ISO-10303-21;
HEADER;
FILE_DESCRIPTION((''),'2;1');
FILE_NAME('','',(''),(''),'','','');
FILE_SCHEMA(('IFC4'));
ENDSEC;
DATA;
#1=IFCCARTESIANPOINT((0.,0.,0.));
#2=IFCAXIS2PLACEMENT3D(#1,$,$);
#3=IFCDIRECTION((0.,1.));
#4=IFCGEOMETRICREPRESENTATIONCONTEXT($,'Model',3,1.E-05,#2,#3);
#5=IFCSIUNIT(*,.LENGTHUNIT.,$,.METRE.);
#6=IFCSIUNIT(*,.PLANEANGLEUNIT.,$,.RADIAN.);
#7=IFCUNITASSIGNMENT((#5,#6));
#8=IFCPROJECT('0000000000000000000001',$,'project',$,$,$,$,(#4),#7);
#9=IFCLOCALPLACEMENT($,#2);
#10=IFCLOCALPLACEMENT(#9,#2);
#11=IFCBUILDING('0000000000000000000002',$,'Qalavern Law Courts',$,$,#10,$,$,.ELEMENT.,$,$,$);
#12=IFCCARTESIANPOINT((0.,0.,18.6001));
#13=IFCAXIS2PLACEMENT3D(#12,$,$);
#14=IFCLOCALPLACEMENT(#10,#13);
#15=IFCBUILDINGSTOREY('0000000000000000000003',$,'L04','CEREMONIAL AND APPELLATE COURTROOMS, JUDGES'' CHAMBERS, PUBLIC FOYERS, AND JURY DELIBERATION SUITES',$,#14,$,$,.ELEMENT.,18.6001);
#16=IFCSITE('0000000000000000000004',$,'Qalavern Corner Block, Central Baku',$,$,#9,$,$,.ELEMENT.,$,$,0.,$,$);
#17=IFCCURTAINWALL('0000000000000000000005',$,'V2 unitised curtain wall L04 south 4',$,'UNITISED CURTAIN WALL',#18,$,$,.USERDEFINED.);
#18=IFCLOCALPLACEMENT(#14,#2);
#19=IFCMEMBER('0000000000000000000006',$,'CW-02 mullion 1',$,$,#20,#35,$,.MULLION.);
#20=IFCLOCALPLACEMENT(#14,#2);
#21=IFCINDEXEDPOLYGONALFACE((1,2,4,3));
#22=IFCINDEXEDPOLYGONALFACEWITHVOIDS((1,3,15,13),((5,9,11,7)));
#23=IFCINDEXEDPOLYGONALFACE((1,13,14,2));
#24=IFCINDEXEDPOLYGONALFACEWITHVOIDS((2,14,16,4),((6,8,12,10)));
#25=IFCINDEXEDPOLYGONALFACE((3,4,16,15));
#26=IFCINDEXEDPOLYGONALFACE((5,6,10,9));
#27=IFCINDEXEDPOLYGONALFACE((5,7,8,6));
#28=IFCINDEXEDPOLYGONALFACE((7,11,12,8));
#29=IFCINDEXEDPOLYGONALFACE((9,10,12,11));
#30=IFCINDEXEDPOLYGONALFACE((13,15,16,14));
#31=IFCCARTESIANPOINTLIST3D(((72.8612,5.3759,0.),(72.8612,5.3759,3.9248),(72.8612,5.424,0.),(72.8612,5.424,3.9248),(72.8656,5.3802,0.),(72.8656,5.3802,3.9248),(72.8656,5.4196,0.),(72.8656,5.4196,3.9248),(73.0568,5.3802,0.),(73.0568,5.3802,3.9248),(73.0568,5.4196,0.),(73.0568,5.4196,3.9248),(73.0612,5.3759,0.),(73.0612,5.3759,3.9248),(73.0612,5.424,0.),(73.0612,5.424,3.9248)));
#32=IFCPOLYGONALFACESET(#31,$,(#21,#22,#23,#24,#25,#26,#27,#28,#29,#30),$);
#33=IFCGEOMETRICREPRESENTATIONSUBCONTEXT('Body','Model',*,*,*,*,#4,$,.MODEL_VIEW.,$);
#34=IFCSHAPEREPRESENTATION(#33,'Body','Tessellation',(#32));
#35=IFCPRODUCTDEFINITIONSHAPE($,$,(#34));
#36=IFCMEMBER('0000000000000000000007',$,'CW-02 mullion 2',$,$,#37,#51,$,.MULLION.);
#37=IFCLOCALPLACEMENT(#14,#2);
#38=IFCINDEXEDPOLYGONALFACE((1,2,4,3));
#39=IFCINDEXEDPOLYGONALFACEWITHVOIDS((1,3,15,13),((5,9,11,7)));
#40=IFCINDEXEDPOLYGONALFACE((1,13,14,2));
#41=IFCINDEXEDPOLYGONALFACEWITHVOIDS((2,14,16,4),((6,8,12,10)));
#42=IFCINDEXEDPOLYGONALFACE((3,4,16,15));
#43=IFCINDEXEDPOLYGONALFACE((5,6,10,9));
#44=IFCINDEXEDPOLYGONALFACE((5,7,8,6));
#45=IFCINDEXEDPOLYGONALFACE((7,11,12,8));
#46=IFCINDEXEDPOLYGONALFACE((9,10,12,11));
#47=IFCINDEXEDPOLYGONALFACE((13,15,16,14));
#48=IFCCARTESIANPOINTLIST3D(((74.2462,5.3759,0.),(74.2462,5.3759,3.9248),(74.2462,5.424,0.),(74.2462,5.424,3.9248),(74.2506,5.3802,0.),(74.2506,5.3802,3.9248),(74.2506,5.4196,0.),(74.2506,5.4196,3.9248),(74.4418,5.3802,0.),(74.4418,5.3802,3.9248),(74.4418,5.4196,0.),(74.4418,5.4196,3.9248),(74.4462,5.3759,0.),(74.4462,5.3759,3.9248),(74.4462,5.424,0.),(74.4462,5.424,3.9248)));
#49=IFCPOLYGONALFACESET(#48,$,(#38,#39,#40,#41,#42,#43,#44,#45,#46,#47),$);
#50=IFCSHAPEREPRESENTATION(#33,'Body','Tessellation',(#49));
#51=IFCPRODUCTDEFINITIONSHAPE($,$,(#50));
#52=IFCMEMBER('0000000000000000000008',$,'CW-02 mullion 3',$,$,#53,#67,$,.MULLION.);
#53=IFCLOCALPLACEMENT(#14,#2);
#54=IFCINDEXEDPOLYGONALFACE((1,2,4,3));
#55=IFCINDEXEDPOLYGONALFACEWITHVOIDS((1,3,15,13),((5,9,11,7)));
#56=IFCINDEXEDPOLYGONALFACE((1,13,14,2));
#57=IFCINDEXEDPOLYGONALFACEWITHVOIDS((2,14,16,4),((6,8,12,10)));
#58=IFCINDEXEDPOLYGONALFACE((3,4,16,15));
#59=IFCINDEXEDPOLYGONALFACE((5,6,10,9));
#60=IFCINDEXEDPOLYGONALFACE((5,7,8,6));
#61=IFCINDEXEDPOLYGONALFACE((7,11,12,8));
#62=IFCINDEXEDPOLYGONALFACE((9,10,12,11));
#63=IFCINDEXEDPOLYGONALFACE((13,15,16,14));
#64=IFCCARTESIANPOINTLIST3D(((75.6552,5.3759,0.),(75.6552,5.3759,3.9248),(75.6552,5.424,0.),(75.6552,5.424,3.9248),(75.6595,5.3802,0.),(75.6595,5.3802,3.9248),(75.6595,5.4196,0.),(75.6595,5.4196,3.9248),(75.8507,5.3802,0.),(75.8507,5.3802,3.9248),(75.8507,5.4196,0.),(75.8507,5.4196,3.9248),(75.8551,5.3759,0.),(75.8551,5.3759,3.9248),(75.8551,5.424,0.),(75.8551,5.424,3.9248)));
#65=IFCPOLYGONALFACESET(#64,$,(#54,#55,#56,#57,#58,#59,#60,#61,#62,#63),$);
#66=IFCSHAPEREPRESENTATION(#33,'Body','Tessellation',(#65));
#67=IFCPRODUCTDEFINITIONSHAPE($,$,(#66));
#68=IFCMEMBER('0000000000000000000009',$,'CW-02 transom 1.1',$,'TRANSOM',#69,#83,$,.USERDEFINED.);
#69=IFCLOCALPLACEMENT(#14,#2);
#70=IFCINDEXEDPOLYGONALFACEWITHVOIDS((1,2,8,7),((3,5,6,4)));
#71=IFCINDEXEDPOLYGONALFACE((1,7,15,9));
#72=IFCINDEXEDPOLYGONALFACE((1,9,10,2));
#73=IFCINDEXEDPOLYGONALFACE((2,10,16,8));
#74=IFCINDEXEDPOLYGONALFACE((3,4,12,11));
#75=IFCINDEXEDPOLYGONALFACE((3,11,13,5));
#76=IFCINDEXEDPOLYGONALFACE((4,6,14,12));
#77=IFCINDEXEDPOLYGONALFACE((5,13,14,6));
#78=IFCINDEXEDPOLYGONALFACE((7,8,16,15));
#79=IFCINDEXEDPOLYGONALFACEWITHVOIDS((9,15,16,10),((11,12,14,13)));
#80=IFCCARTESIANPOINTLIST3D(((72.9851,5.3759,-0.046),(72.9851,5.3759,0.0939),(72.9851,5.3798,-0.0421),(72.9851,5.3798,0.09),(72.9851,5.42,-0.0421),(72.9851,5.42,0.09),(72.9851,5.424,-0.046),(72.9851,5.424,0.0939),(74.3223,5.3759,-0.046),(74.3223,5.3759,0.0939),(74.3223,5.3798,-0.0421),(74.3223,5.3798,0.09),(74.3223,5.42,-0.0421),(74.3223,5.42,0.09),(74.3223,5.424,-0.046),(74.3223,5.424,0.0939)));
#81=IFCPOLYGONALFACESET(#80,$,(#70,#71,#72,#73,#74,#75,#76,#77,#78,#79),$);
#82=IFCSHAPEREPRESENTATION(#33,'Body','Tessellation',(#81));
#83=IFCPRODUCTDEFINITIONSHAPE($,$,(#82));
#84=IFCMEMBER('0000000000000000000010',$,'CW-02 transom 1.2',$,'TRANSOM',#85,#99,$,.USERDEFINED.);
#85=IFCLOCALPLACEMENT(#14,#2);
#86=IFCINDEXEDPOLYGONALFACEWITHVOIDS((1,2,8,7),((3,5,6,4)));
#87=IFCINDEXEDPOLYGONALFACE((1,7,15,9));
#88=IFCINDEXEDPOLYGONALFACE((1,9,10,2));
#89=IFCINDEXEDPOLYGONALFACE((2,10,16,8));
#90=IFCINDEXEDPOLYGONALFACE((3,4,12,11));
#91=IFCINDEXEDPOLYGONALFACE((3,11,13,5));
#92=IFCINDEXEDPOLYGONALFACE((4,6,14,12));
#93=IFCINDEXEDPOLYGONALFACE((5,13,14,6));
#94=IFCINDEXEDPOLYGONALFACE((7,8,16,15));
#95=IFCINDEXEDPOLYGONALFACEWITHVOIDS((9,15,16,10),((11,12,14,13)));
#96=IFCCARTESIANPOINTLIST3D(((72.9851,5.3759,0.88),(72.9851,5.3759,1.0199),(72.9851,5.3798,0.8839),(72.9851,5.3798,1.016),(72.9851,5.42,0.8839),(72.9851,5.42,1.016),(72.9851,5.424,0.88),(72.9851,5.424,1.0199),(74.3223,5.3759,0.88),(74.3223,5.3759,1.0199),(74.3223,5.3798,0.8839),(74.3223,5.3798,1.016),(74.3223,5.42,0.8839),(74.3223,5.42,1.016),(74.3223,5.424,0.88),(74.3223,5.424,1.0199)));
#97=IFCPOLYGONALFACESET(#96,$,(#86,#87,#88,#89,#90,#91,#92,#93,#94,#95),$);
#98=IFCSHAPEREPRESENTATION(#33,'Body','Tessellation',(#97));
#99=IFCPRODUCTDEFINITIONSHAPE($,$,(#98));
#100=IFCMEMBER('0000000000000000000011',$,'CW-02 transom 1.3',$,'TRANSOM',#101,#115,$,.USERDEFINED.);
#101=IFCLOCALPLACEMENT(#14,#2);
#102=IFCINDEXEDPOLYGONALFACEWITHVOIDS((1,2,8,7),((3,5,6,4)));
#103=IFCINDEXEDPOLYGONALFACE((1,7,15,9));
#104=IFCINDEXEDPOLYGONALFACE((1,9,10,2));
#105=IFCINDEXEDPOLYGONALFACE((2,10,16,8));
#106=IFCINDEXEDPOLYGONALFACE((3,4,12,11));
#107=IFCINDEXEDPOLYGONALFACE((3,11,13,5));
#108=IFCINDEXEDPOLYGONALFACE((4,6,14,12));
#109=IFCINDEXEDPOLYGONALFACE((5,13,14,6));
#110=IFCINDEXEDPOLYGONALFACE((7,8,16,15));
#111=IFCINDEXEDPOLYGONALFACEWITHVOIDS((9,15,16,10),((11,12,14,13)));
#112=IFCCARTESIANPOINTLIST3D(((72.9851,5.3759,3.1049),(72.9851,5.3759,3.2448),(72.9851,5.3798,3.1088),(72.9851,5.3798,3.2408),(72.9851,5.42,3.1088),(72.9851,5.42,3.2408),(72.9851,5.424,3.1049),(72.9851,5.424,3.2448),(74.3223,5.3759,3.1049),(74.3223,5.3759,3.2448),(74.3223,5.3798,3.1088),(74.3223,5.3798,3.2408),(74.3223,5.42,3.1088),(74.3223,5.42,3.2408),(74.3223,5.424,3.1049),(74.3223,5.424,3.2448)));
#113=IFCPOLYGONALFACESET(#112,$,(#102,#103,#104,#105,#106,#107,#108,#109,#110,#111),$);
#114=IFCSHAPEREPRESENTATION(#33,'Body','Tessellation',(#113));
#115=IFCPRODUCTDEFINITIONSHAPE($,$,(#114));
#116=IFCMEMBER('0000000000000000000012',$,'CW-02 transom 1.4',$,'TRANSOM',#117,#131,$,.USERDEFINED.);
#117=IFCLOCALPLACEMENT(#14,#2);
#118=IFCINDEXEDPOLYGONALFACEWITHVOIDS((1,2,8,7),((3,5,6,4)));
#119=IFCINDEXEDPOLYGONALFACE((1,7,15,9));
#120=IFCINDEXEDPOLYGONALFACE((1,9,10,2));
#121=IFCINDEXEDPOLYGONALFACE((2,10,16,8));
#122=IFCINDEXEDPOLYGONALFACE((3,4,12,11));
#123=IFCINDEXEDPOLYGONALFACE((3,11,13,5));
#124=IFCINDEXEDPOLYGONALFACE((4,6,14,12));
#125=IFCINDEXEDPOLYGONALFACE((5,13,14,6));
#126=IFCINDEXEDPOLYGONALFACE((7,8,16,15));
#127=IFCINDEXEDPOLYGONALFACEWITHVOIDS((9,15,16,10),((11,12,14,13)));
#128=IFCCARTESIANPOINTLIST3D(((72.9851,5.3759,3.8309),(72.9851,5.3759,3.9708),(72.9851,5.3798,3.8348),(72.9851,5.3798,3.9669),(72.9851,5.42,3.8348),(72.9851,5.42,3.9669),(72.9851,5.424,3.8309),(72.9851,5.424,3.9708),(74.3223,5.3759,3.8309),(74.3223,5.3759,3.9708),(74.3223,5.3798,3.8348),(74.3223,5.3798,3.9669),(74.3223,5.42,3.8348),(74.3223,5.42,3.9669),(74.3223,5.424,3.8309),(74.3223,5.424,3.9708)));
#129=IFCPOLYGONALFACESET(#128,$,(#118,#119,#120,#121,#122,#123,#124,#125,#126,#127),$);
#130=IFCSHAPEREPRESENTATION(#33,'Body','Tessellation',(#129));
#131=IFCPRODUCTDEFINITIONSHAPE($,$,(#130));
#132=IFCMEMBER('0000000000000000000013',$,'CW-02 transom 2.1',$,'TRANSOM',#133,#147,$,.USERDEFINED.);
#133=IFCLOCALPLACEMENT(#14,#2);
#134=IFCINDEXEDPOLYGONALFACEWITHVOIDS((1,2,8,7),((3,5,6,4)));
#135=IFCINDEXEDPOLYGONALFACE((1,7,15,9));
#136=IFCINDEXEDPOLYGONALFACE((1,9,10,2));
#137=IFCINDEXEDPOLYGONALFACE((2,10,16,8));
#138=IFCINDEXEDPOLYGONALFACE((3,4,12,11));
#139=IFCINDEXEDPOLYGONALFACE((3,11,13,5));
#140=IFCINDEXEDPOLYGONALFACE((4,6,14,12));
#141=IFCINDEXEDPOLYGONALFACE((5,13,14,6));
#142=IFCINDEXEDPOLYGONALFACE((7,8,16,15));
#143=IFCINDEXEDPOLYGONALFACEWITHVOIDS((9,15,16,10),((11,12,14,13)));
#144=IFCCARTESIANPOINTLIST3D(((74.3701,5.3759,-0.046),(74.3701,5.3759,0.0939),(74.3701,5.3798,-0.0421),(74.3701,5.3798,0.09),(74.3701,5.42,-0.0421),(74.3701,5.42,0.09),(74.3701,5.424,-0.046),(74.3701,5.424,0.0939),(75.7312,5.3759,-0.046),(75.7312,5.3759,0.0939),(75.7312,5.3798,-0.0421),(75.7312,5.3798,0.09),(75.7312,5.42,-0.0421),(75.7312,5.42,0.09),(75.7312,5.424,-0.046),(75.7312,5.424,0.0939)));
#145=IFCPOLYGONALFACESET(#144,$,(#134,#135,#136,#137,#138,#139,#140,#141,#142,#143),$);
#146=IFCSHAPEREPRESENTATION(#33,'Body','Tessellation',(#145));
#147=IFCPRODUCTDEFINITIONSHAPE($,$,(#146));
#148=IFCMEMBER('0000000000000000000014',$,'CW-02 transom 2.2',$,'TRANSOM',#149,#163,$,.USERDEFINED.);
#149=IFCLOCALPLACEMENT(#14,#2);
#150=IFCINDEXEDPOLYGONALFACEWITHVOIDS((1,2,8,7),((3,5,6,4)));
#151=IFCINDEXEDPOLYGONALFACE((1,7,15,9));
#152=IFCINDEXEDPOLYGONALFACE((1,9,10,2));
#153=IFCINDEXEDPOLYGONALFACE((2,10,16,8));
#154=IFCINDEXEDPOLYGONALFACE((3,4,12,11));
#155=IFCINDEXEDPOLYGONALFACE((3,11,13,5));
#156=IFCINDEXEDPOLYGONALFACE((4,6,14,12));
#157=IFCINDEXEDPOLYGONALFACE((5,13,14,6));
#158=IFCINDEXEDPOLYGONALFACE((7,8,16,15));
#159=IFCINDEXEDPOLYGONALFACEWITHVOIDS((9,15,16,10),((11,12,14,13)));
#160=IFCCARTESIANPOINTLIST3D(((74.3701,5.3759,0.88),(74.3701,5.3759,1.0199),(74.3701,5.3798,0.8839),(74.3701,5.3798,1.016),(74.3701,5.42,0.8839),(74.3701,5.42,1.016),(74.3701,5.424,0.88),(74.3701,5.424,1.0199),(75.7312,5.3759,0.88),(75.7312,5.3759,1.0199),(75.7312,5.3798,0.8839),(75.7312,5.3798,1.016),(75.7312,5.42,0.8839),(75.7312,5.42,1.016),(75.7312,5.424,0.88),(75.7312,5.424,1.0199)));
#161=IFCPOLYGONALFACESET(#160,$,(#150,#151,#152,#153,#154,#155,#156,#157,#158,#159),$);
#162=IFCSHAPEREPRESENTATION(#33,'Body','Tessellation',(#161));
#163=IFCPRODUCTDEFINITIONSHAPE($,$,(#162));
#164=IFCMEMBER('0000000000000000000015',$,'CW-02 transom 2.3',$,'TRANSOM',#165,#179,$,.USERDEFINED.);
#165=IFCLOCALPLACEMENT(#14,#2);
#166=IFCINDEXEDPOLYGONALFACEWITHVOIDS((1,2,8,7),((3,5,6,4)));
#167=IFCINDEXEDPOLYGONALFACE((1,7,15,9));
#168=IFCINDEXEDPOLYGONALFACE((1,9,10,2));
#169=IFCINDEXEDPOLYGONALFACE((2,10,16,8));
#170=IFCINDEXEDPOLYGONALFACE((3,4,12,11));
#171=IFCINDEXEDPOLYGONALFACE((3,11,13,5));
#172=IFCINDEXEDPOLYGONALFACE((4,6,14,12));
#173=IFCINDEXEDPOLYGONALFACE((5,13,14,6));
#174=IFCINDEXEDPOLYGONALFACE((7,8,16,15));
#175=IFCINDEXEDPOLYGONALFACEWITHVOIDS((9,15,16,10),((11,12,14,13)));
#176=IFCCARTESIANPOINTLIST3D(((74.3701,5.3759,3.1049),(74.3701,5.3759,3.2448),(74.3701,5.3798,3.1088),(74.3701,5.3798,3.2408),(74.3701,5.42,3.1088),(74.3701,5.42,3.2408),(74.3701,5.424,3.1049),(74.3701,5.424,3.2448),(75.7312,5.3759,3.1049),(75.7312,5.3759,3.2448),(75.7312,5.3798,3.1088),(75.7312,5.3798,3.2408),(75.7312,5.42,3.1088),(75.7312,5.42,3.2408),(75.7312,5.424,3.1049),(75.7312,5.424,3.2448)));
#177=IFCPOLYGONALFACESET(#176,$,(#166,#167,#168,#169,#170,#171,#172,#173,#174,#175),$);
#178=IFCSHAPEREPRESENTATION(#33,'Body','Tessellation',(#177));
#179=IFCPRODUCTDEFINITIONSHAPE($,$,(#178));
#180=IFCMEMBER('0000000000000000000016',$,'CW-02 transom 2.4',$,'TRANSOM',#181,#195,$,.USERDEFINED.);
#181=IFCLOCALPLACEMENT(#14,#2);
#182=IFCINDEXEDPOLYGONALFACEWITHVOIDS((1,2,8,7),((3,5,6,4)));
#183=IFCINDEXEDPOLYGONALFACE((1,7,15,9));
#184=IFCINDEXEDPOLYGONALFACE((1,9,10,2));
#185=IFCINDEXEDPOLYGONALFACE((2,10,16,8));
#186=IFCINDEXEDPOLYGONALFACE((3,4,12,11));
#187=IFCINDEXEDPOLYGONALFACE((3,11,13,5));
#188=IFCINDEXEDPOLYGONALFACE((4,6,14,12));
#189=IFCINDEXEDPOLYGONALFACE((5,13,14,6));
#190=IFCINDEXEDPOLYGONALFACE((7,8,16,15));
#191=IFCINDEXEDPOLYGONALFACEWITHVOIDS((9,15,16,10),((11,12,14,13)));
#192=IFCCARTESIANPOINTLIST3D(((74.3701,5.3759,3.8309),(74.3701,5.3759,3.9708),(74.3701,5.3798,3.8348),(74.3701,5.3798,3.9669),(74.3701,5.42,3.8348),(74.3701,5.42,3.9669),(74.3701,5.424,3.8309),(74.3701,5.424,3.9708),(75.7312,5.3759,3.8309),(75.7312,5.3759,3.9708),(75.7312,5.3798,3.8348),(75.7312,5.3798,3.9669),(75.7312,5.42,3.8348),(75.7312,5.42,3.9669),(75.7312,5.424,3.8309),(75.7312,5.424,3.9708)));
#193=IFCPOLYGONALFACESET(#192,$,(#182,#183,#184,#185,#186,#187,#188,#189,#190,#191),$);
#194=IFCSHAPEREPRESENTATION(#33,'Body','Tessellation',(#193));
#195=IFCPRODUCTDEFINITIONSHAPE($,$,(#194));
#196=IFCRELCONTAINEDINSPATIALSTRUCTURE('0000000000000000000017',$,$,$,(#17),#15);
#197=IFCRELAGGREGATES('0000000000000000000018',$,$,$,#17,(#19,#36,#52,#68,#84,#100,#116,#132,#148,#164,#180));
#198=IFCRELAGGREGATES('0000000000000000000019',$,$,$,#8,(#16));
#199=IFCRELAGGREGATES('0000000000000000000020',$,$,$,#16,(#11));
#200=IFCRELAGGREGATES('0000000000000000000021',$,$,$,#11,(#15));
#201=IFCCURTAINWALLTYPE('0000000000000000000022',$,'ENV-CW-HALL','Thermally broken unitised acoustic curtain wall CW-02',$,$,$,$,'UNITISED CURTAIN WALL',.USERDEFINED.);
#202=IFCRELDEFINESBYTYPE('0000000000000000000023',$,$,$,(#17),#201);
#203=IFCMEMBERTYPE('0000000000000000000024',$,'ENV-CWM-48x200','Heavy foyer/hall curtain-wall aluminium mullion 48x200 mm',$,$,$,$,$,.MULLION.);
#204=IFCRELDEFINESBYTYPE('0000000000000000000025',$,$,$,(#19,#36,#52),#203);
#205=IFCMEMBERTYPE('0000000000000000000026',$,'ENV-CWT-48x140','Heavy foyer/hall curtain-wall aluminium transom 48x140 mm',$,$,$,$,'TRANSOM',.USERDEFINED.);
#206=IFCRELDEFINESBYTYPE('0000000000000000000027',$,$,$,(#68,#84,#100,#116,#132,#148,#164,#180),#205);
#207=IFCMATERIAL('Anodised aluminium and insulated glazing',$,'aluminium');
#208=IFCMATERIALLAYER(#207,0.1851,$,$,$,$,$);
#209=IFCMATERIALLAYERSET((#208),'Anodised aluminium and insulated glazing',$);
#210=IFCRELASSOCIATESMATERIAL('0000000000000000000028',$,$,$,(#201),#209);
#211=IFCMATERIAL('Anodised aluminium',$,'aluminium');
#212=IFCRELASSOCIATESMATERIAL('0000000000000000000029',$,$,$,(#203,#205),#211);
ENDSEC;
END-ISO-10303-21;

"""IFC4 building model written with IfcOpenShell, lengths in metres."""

from ifc_helpers import new_model, si_unit, direction, frame, origin, origin_2d, place, context, subcontext, project, spatial, hollow_rectangle, extrude, material, layer, layer_set, material_profile, profile_set, type_object, element, aggregate, save


model = new_model("IFC4")

# Units and contexts
model_context = context("Model", 3, precision=1e-05, world=origin(), true_north=direction((0.0, 1.0)))
body_context = subcontext(model_context, "Body", "Model", "MODEL_VIEW")
ifc_project = project(units=[si_unit("LENGTHUNIT", "METRE"), si_unit("PLANEANGLEUNIT", "RADIAN")], contexts=[model_context])

# Site, building, storey
site_placement = place(None, origin())
site = spatial("IfcSite", under=ifc_project, at=site_placement, Name="Qalavern Corner Block, Central Baku", CompositionType="ELEMENT", RefElevation=0.0)
building_placement = place(site_placement, origin())
building = spatial("IfcBuilding", under=site, at=building_placement, Name="Qalavern Law Courts", CompositionType="ELEMENT")
storey_placement = place(building_placement, frame((0.0, 0.0, 18.6001)))
storey = spatial("IfcBuildingStorey", under=building, at=storey_placement, Name="L04", Description="CEREMONIAL AND APPELLATE COURTROOMS, JUDGES' CHAMBERS, PUBLIC FOYERS, AND JURY DELIBERATION SUITES", CompositionType="ELEMENT", Elevation=18.6001)

# Curtain wall, members
ifc_material_1 = material(Name="Anodised aluminium and insulated glazing", Category="aluminium")
ifc_layer_1 = layer(ifc_material_1, 0.1851)
ifc_layer_set_1 = layer_set([ifc_layer_1], Name="Anodised aluminium and insulated glazing")
curtain_wall_type = type_object("IfcCurtainWallType", Name="ENV-CW-HALL", Description="Thermally broken unitised acoustic curtain wall CW-02", ElementType="UNITISED CURTAIN WALL", PredefinedType="USERDEFINED", material=ifc_layer_set_1)
curtain_wall_placement = place(storey_placement, origin())
curtain_wall = element("IfcCurtainWall", 1, at=curtain_wall_placement, inside=storey, type_object=curtain_wall_type, Name="V2 unitised curtain wall L04 south 4", ObjectType="UNITISED CURTAIN WALL", PredefinedType="USERDEFINED")
ifc_material_2 = material(Name="Anodised aluminium", Category="aluminium")
ifc_material_profile_1 = material_profile(ifc_material_2, hollow_rectangle(XDim=0.0481, YDim=0.2, WallThickness=0.0044, at=origin_2d()), Name="ALU MULLION 48x200")
ifc_profile_set_1 = profile_set([ifc_material_profile_1], Name="Anodised aluminium")
member_type_1 = type_object("IfcMemberType", Name="ENV-CWM-48x200", Description="Heavy foyer/hall curtain-wall aluminium mullion 48x200 mm", PredefinedType="MULLION", material=ifc_profile_set_1)
member_1_placement = place(storey_placement, frame((72.9612, 5.3999, 0.0), z_axis=(0.0, 0.0, 1.0), x_axis=(0.0, 1.0, 0.0)))
member_1 = element("IfcMember", 2, at=member_1_placement, type_object=member_type_1, Name="CW-02 mullion 1", PredefinedType="MULLION", context=body_context, shape_type="SweptSolid", body=[
    extrude(hollow_rectangle(XDim=0.0481, YDim=0.2, WallThickness=0.0044, at=origin_2d()), origin(), (0.0, 0.0, 1.0), 3.9248),
])
member_2_placement = place(storey_placement, frame((74.3462, 5.3999, 0.0), z_axis=(0.0, 0.0, 1.0), x_axis=(0.0, 1.0, 0.0)))
member_2 = element("IfcMember", 3, at=member_2_placement, type_object=member_type_1, Name="CW-02 mullion 2", PredefinedType="MULLION", context=body_context, shape_type="SweptSolid", body=[
    extrude(hollow_rectangle(XDim=0.0481, YDim=0.2, WallThickness=0.0044, at=origin_2d()), origin(), (0.0, 0.0, 1.0), 3.9248),
])
member_3_placement = place(storey_placement, frame((75.7551, 5.3999, 0.0), z_axis=(0.0, 0.0, 1.0), x_axis=(0.0, 1.0, 0.0)))
member_3 = element("IfcMember", 4, at=member_3_placement, type_object=member_type_1, Name="CW-02 mullion 3", PredefinedType="MULLION", context=body_context, shape_type="SweptSolid", body=[
    extrude(hollow_rectangle(XDim=0.0481, YDim=0.2, WallThickness=0.0044, at=origin_2d()), origin(), (0.0, 0.0, 1.0), 3.9248),
])
ifc_material_profile_2 = material_profile(ifc_material_2, hollow_rectangle(XDim=0.0481, YDim=0.1399, WallThickness=0.0039, at=origin_2d()), Name="ALU TRANSOM 48x140")
ifc_profile_set_2 = profile_set([ifc_material_profile_2], Name="Anodised aluminium")
member_type_2 = type_object("IfcMemberType", Name="ENV-CWT-48x140", Description="Heavy foyer/hall curtain-wall aluminium transom 48x140 mm", ElementType="TRANSOM", PredefinedType="USERDEFINED", material=ifc_profile_set_2)
member_4_placement = place(storey_placement, frame((72.9851, 5.3999, 0.0239), z_axis=(1.0, 0.0, 0.0), x_axis=(0.0, 1.0, 0.0)))
member_4 = element("IfcMember", 5, at=member_4_placement, type_object=member_type_2, Name="CW-02 transom 1.1", ObjectType="TRANSOM", PredefinedType="USERDEFINED", context=body_context, shape_type="SweptSolid", body=[
    extrude(hollow_rectangle(XDim=0.0481, YDim=0.1399, WallThickness=0.0039, at=origin_2d()), origin(), (0.0, 0.0, 1.0), 1.3372),
])
member_5_placement = place(storey_placement, frame((72.9851, 5.3999, 0.95), z_axis=(1.0, 0.0, 0.0), x_axis=(0.0, 1.0, 0.0)))
member_5 = element("IfcMember", 6, at=member_5_placement, type_object=member_type_2, Name="CW-02 transom 1.2", ObjectType="TRANSOM", PredefinedType="USERDEFINED", context=body_context, shape_type="SweptSolid", body=[
    extrude(hollow_rectangle(XDim=0.0481, YDim=0.1399, WallThickness=0.0039, at=origin_2d()), origin(), (0.0, 0.0, 1.0), 1.3372),
])
member_6_placement = place(storey_placement, frame((72.9851, 5.3999, 3.1748), z_axis=(1.0, 0.0, 0.0), x_axis=(0.0, 1.0, 0.0)))
member_6 = element("IfcMember", 7, at=member_6_placement, type_object=member_type_2, Name="CW-02 transom 1.3", ObjectType="TRANSOM", PredefinedType="USERDEFINED", context=body_context, shape_type="SweptSolid", body=[
    extrude(hollow_rectangle(XDim=0.0481, YDim=0.1399, WallThickness=0.0039, at=origin_2d()), origin(), (0.0, 0.0, 1.0), 1.3372),
])
member_7_placement = place(storey_placement, frame((72.9851, 5.3999, 3.9009), z_axis=(1.0, 0.0, 0.0), x_axis=(0.0, 1.0, 0.0)))
member_7 = element("IfcMember", 8, at=member_7_placement, type_object=member_type_2, Name="CW-02 transom 1.4", ObjectType="TRANSOM", PredefinedType="USERDEFINED", context=body_context, shape_type="SweptSolid", body=[
    extrude(hollow_rectangle(XDim=0.0481, YDim=0.1399, WallThickness=0.0039, at=origin_2d()), origin(), (0.0, 0.0, 1.0), 1.3372),
])
member_8_placement = place(storey_placement, frame((74.3701, 5.3999, 0.0239), z_axis=(1.0, 0.0, 0.0), x_axis=(0.0, 1.0, 0.0)))
member_8 = element("IfcMember", 9, at=member_8_placement, type_object=member_type_2, Name="CW-02 transom 2.1", ObjectType="TRANSOM", PredefinedType="USERDEFINED", context=body_context, shape_type="SweptSolid", body=[
    extrude(hollow_rectangle(XDim=0.0481, YDim=0.1399, WallThickness=0.0039, at=origin_2d()), origin(), (0.0, 0.0, 1.0), 1.3611),
])
member_9_placement = place(storey_placement, frame((74.3701, 5.3999, 0.95), z_axis=(1.0, 0.0, 0.0), x_axis=(0.0, 1.0, 0.0)))
member_9 = element("IfcMember", 10, at=member_9_placement, type_object=member_type_2, Name="CW-02 transom 2.2", ObjectType="TRANSOM", PredefinedType="USERDEFINED", context=body_context, shape_type="SweptSolid", body=[
    extrude(hollow_rectangle(XDim=0.0481, YDim=0.1399, WallThickness=0.0039, at=origin_2d()), origin(), (0.0, 0.0, 1.0), 1.3611),
])
member_10_placement = place(storey_placement, frame((74.3701, 5.3999, 3.1748), z_axis=(1.0, 0.0, 0.0), x_axis=(0.0, 1.0, 0.0)))
member_10 = element("IfcMember", 11, at=member_10_placement, type_object=member_type_2, Name="CW-02 transom 2.3", ObjectType="TRANSOM", PredefinedType="USERDEFINED", context=body_context, shape_type="SweptSolid", body=[
    extrude(hollow_rectangle(XDim=0.0481, YDim=0.1399, WallThickness=0.0039, at=origin_2d()), origin(), (0.0, 0.0, 1.0), 1.3611),
])
member_11_placement = place(storey_placement, frame((74.3701, 5.3999, 3.9009), z_axis=(1.0, 0.0, 0.0), x_axis=(0.0, 1.0, 0.0)))
member_11 = element("IfcMember", 12, at=member_11_placement, type_object=member_type_2, Name="CW-02 transom 2.4", ObjectType="TRANSOM", PredefinedType="USERDEFINED", context=body_context, shape_type="SweptSolid", body=[
    extrude(hollow_rectangle(XDim=0.0481, YDim=0.1399, WallThickness=0.0039, at=origin_2d()), origin(), (0.0, 0.0, 1.0), 1.3611),
])
aggregate(curtain_wall, [member_1, member_2, member_3, member_4, member_5, member_6, member_7, member_8, member_9, member_10, member_11])

save(model, "model.ifc")
